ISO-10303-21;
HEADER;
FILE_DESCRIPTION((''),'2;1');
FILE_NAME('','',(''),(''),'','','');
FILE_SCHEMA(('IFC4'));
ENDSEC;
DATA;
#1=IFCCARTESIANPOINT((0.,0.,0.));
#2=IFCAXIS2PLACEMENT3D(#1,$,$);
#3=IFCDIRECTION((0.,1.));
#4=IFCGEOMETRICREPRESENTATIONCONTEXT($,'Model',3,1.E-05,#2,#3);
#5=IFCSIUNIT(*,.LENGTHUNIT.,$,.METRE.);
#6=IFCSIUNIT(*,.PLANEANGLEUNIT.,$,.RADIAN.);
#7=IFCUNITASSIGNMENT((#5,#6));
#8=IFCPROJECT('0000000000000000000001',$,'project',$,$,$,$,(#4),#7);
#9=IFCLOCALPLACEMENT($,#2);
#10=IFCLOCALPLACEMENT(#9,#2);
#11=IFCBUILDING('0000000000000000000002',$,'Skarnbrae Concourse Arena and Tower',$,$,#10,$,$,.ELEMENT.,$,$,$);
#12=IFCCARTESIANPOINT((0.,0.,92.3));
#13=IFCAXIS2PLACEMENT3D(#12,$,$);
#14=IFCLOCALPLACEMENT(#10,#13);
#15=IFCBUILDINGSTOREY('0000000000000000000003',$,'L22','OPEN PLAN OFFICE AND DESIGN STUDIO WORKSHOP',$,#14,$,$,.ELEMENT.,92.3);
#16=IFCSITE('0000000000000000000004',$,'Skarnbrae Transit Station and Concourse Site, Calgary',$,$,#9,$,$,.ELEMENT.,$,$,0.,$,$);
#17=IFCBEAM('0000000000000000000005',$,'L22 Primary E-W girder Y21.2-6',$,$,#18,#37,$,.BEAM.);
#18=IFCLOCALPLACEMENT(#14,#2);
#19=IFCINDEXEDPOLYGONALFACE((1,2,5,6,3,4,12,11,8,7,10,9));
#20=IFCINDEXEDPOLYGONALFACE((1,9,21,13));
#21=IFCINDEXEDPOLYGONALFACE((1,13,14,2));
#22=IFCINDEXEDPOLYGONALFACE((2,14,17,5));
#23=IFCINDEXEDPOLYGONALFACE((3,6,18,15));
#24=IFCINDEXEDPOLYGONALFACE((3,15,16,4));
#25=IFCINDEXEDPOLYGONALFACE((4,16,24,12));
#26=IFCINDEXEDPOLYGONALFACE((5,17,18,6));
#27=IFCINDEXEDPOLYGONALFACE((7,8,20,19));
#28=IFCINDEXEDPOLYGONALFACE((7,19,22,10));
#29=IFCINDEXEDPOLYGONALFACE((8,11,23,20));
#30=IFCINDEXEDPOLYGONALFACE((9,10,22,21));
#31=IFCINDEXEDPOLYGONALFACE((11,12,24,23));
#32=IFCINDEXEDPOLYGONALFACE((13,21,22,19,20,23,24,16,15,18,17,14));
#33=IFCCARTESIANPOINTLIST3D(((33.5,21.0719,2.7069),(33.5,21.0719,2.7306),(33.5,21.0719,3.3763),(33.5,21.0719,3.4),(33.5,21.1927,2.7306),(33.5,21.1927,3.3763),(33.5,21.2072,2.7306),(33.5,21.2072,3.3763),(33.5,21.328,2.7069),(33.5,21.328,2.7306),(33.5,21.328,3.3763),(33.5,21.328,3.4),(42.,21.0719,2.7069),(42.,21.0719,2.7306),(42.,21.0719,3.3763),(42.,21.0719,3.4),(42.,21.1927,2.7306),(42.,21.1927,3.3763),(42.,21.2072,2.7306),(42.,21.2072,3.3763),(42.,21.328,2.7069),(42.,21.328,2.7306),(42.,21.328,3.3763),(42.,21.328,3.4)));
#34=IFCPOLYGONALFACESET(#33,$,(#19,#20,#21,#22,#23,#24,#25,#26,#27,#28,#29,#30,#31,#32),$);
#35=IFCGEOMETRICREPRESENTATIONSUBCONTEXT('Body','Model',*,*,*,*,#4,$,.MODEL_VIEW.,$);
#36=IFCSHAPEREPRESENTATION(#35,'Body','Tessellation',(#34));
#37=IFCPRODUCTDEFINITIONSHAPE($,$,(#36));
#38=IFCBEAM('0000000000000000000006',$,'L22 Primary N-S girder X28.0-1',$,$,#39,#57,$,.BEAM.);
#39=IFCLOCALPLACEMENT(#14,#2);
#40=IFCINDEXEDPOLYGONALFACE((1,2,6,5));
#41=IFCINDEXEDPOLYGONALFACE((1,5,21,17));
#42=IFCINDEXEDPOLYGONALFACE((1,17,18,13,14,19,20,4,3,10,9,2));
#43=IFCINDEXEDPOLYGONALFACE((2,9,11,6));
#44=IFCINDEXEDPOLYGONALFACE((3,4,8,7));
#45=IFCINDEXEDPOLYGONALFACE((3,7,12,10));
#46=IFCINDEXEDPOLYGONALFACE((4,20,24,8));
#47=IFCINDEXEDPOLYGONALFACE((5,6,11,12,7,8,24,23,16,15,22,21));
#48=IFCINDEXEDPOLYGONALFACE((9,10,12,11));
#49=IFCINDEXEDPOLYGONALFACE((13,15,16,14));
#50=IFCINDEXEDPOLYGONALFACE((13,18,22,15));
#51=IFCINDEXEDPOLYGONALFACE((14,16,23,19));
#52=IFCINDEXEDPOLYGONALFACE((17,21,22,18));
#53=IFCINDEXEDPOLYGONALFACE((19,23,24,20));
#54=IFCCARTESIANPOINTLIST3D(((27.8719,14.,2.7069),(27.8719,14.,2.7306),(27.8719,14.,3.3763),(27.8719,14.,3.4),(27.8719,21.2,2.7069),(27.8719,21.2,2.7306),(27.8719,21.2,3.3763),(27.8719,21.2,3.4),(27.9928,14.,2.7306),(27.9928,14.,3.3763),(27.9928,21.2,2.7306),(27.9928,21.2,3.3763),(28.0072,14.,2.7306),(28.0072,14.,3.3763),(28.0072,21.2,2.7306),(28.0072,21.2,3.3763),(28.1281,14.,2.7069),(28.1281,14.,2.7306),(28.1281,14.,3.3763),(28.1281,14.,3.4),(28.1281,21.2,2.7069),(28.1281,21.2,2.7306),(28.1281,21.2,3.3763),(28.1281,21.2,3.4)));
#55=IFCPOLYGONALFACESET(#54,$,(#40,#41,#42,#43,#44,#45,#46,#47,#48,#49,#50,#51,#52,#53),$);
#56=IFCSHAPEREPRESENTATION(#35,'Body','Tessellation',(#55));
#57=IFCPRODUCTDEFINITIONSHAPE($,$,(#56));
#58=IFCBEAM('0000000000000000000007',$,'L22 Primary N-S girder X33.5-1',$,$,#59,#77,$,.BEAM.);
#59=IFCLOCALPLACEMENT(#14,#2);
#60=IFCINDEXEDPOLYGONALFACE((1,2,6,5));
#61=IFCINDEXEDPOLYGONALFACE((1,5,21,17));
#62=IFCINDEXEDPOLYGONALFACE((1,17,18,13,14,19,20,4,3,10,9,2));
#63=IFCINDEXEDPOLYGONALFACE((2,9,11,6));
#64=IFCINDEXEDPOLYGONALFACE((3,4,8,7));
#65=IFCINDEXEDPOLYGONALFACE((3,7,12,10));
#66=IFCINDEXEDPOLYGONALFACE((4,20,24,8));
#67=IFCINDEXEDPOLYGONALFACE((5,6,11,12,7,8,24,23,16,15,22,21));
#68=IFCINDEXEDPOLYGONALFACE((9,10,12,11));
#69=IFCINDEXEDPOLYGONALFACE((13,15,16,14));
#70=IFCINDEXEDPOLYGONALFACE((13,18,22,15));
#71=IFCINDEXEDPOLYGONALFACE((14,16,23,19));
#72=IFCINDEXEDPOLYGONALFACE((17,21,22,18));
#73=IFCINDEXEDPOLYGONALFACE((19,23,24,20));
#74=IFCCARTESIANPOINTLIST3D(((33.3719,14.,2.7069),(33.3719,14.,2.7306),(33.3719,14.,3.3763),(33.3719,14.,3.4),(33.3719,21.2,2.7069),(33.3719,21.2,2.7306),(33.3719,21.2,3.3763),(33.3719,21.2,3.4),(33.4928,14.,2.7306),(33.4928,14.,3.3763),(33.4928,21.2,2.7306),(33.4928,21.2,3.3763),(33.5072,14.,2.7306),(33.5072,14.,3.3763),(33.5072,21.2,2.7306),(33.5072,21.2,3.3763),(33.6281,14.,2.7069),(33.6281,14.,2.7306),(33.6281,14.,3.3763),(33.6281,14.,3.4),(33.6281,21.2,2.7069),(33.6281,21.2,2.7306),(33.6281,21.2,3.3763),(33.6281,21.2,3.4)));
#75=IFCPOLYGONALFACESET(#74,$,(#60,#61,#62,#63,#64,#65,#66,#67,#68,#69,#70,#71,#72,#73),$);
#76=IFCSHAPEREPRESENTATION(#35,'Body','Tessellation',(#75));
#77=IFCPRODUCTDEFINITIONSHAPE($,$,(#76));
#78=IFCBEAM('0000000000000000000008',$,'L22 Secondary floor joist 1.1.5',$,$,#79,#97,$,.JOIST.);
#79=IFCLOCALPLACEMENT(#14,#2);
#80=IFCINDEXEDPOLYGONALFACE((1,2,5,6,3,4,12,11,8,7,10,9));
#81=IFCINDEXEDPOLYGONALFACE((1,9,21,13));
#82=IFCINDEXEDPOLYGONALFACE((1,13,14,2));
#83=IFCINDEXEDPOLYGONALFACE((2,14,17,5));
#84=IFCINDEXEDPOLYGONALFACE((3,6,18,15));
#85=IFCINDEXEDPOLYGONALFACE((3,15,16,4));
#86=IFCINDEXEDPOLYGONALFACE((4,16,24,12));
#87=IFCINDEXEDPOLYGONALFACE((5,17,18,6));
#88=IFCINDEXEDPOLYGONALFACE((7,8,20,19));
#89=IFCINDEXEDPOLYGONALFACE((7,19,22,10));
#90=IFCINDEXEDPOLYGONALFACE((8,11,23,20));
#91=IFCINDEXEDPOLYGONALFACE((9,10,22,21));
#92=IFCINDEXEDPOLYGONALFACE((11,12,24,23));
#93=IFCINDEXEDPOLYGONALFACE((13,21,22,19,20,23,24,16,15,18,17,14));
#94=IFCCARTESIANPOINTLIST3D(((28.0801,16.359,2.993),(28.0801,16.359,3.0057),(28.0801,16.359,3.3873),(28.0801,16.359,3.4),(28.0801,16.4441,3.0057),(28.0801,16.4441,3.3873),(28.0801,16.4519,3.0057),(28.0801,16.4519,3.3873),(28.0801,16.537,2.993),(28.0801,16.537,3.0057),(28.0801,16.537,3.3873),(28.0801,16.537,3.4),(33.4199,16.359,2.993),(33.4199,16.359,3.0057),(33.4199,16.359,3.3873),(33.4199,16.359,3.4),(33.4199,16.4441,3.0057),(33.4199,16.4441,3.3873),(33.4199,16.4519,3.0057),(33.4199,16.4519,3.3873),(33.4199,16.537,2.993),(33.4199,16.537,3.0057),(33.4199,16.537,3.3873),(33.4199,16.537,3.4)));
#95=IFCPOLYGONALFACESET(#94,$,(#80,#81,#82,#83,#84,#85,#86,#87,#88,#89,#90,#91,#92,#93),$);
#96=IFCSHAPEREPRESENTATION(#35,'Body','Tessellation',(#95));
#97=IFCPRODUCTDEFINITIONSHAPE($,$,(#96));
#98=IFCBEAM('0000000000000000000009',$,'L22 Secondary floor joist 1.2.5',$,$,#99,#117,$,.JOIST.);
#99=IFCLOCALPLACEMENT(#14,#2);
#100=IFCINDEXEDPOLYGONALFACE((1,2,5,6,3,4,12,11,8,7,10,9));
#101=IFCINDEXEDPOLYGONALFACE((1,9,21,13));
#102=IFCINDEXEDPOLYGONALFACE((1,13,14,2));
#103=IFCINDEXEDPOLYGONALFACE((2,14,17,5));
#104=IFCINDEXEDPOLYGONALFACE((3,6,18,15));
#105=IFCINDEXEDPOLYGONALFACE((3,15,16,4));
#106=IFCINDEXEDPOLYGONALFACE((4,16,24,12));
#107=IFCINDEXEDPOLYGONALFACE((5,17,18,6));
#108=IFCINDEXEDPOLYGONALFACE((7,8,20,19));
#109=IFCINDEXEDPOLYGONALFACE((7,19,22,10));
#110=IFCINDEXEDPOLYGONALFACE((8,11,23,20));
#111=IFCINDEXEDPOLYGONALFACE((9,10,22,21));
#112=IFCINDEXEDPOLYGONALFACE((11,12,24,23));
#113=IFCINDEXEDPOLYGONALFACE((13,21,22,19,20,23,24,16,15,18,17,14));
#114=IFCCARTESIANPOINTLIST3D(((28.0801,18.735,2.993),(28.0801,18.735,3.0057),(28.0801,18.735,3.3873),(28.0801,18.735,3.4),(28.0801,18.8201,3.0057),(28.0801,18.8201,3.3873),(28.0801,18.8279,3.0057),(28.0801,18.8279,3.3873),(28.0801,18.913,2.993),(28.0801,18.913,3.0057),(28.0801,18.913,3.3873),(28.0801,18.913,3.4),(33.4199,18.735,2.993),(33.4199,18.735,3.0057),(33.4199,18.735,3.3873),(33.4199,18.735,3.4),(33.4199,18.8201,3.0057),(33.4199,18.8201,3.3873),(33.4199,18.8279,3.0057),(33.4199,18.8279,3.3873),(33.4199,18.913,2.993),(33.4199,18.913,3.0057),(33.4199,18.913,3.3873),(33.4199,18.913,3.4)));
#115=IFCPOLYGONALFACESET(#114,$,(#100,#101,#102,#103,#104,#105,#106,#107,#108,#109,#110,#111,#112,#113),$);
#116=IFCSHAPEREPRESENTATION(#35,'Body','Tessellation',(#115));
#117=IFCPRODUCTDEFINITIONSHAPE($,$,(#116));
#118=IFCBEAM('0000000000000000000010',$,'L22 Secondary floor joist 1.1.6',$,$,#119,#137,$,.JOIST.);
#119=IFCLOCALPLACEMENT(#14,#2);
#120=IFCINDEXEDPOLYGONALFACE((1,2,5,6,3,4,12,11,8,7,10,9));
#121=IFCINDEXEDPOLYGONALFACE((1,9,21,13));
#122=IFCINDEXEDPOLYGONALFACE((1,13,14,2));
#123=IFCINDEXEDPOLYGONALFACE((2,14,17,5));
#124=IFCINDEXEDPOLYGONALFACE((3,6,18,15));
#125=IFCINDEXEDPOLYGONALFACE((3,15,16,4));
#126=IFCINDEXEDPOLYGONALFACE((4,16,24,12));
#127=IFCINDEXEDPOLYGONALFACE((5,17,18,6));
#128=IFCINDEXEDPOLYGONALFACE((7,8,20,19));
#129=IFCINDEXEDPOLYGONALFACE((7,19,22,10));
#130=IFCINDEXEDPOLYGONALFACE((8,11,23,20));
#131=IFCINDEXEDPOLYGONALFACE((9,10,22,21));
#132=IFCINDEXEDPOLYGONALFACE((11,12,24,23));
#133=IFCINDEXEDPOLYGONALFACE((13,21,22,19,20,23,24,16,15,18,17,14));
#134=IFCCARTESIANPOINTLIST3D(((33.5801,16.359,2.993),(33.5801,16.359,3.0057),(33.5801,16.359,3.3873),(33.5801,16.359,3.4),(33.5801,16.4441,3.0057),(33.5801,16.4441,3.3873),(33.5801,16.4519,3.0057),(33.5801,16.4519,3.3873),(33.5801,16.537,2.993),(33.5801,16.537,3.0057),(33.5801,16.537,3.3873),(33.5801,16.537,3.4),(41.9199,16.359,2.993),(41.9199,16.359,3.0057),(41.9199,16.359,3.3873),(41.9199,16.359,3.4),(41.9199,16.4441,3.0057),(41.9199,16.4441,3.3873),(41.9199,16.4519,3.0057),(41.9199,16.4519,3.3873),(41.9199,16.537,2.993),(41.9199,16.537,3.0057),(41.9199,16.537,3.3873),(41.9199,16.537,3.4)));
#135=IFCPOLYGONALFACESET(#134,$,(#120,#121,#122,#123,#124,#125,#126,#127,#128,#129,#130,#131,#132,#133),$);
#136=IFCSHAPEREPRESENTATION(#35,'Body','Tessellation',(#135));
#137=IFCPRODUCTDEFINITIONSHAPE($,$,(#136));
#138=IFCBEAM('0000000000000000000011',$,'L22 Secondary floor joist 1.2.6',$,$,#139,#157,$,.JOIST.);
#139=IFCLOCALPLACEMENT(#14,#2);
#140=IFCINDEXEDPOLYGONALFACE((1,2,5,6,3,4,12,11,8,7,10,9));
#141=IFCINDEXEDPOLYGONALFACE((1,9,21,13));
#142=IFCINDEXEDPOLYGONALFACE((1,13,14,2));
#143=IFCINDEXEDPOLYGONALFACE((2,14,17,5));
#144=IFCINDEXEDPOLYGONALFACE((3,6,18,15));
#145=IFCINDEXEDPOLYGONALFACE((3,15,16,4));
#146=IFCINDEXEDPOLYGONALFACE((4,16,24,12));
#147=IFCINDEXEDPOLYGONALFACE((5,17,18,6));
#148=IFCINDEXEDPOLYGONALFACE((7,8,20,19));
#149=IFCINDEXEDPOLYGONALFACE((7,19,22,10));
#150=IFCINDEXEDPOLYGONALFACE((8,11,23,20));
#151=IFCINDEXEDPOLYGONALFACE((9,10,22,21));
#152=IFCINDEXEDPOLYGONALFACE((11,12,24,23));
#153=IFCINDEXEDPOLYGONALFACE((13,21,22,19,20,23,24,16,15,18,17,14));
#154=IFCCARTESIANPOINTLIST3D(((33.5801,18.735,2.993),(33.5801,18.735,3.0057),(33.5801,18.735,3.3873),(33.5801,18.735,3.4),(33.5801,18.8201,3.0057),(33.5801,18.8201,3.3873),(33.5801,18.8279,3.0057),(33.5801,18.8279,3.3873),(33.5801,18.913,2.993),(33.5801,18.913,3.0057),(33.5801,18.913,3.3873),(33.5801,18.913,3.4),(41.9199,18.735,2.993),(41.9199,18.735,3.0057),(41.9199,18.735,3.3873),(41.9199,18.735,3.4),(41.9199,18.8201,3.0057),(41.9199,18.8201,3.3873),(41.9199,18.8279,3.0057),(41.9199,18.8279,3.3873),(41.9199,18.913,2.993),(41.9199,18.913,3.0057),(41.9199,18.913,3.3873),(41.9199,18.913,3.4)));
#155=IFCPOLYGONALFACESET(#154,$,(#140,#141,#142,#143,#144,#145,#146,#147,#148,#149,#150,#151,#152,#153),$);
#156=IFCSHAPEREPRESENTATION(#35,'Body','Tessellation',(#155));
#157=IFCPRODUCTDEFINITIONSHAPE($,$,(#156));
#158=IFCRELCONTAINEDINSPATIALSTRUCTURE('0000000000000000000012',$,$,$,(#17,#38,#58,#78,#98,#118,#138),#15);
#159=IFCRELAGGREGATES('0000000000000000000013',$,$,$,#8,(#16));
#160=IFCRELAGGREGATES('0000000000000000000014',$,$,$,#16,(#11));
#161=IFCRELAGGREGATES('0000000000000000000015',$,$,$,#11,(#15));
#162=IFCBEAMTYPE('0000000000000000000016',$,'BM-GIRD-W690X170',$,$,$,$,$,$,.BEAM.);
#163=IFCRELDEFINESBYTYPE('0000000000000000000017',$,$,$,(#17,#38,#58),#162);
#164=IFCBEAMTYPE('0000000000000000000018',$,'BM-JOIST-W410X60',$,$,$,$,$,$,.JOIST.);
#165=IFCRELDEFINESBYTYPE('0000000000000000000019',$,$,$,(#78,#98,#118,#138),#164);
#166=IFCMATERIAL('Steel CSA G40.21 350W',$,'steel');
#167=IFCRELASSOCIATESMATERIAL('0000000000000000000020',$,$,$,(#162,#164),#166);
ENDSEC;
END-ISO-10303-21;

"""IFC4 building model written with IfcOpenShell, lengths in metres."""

from ifc_helpers import new_model, si_unit, direction, frame, origin, origin_2d, place, context, subcontext, project, spatial, i_section, extrude, source, transform, mapped, material, material_profile, profile_set, type_object, element, save


model = new_model("IFC4")

# Units and contexts
model_context = context("Model", 3, precision=1e-05, world=origin(), true_north=direction((0.0, 1.0)))
body_context = subcontext(model_context, "Body", "Model", "MODEL_VIEW")
ifc_project = project(units=[si_unit("LENGTHUNIT", "METRE"), si_unit("PLANEANGLEUNIT", "RADIAN")], contexts=[model_context])

# Site, building, storey
site_placement = place(None, origin())
site = spatial("IfcSite", under=ifc_project, at=site_placement, Name="Skarnbrae Transit Station and Concourse Site, Calgary", CompositionType="ELEMENT", RefElevation=0.0)
building_placement = place(site_placement, origin())
building = spatial("IfcBuilding", under=site, at=building_placement, Name="Skarnbrae Concourse Arena and Tower", CompositionType="ELEMENT")
storey_placement = place(building_placement, frame((0.0, 0.0, 92.3)))
storey = spatial("IfcBuildingStorey", under=building, at=storey_placement, Name="L22", Description="OPEN PLAN OFFICE AND DESIGN STUDIO WORKSHOP", CompositionType="ELEMENT", Elevation=92.3)

# Shared definitions
ifc_material_1 = material(Name="Steel CSA G40.21 350W", Category="steel")

# Beams
ifc_material_profile_1 = material_profile(ifc_material_1, i_section(OverallWidth=0.2561, OverallDepth=0.6931, WebThickness=0.0144, FlangeThickness=0.0237, at=origin_2d()), Name="W690X170")
ifc_profile_set_1 = profile_set([ifc_material_profile_1], Name="Steel CSA G40.21 350W")
beam_type_1 = type_object("IfcBeamType", Name="BM-GIRD-W690X170", PredefinedType="BEAM", material=ifc_profile_set_1)
shared_shape_1 = source(origin(), body_context, "Body", "SweptSolid", [
    extrude(i_section(OverallWidth=0.2561, OverallDepth=0.6931, WebThickness=0.0144, FlangeThickness=0.0237, at=origin_2d()), origin(), (0.0, 0.0, 1.0), 8.5),
])
for number, where, z_axis, x_axis, name in (
    (1, (33.5, 21.2, 3.0535), (1.0, 0.0, 0.0), (0.0, 1.0, 0.0), "L22 Primary E-W girder Y21.2-6"),
):
    element("IfcBeam", number, at=place(storey_placement, frame(where, z_axis=z_axis, x_axis=x_axis)), inside=storey, type_object=beam_type_1, Name=name, PredefinedType="BEAM", context=body_context, shape_type="MappedRepresentation", body=[
        mapped(shared_shape_1, transform((0.0, 0.0, 0.0))),
    ])
shared_shape_2 = source(origin(), body_context, "Body", "SweptSolid", [
    extrude(i_section(OverallWidth=0.2561, OverallDepth=0.6931, WebThickness=0.0144, FlangeThickness=0.0237, at=origin_2d()), origin(), (0.0, 0.0, 1.0), 7.2),
])
for number, where, z_axis, x_axis, name in (
    (2, (28.0, 14.0, 3.0535), (0.0, 1.0, 0.0), (-1.0, 0.0, 0.0), "L22 Primary N-S girder X28.0-1"),
    (3, (33.5, 14.0, 3.0535), (0.0, 1.0, 0.0), (-1.0, 0.0, 0.0), "L22 Primary N-S girder X33.5-1"),
):
    element("IfcBeam", number, at=place(storey_placement, frame(where, z_axis=z_axis, x_axis=x_axis)), inside=storey, type_object=beam_type_1, Name=name, PredefinedType="BEAM", context=body_context, shape_type="MappedRepresentation", body=[
        mapped(shared_shape_2, transform((0.0, 0.0, 0.0))),
    ])
ifc_material_profile_2 = material_profile(ifc_material_1, i_section(OverallWidth=0.178, OverallDepth=0.407, WebThickness=0.0078, FlangeThickness=0.0127, at=origin_2d()), Name="W410X60")
ifc_profile_set_2 = profile_set([ifc_material_profile_2], Name="Steel CSA G40.21 350W")
beam_type_2 = type_object("IfcBeamType", Name="BM-JOIST-W410X60", PredefinedType="JOIST", material=ifc_profile_set_2)
shared_shape_3 = source(origin(), body_context, "Body", "SweptSolid", [
    extrude(i_section(OverallWidth=0.178, OverallDepth=0.407, WebThickness=0.0078, FlangeThickness=0.0127, at=origin_2d()), origin(), (0.0, 0.0, 1.0), 5.3398),
])
for number, where, z_axis, x_axis, name in (
    (4, (28.0801, 16.448, 3.1965), (1.0, 0.0, 0.0), (0.0, 1.0, 0.0), "L22 Secondary floor joist 1.1.5"),
    (5, (28.0801, 18.824, 3.1965), (1.0, 0.0, 0.0), (0.0, 1.0, 0.0), "L22 Secondary floor joist 1.2.5"),
):
    element("IfcBeam", number, at=place(storey_placement, frame(where, z_axis=z_axis, x_axis=x_axis)), inside=storey, type_object=beam_type_2, Name=name, PredefinedType="JOIST", context=body_context, shape_type="MappedRepresentation", body=[
        mapped(shared_shape_3, transform((0.0, 0.0, 0.0))),
    ])
shared_shape_4 = source(origin(), body_context, "Body", "SweptSolid", [
    extrude(i_section(OverallWidth=0.178, OverallDepth=0.407, WebThickness=0.0078, FlangeThickness=0.0127, at=origin_2d()), origin(), (0.0, 0.0, 1.0), 8.3398),
])
for number, where, z_axis, x_axis, name in (
    (6, (33.5801, 16.448, 3.1965), (1.0, 0.0, 0.0), (0.0, 1.0, 0.0), "L22 Secondary floor joist 1.1.6"),
    (7, (33.5801, 18.824, 3.1965), (1.0, 0.0, 0.0), (0.0, 1.0, 0.0), "L22 Secondary floor joist 1.2.6"),
):
    element("IfcBeam", number, at=place(storey_placement, frame(where, z_axis=z_axis, x_axis=x_axis)), inside=storey, type_object=beam_type_2, Name=name, PredefinedType="JOIST", context=body_context, shape_type="MappedRepresentation", body=[
        mapped(shared_shape_4, transform((0.0, 0.0, 0.0))),
    ])

save(model, "model.ifc")
